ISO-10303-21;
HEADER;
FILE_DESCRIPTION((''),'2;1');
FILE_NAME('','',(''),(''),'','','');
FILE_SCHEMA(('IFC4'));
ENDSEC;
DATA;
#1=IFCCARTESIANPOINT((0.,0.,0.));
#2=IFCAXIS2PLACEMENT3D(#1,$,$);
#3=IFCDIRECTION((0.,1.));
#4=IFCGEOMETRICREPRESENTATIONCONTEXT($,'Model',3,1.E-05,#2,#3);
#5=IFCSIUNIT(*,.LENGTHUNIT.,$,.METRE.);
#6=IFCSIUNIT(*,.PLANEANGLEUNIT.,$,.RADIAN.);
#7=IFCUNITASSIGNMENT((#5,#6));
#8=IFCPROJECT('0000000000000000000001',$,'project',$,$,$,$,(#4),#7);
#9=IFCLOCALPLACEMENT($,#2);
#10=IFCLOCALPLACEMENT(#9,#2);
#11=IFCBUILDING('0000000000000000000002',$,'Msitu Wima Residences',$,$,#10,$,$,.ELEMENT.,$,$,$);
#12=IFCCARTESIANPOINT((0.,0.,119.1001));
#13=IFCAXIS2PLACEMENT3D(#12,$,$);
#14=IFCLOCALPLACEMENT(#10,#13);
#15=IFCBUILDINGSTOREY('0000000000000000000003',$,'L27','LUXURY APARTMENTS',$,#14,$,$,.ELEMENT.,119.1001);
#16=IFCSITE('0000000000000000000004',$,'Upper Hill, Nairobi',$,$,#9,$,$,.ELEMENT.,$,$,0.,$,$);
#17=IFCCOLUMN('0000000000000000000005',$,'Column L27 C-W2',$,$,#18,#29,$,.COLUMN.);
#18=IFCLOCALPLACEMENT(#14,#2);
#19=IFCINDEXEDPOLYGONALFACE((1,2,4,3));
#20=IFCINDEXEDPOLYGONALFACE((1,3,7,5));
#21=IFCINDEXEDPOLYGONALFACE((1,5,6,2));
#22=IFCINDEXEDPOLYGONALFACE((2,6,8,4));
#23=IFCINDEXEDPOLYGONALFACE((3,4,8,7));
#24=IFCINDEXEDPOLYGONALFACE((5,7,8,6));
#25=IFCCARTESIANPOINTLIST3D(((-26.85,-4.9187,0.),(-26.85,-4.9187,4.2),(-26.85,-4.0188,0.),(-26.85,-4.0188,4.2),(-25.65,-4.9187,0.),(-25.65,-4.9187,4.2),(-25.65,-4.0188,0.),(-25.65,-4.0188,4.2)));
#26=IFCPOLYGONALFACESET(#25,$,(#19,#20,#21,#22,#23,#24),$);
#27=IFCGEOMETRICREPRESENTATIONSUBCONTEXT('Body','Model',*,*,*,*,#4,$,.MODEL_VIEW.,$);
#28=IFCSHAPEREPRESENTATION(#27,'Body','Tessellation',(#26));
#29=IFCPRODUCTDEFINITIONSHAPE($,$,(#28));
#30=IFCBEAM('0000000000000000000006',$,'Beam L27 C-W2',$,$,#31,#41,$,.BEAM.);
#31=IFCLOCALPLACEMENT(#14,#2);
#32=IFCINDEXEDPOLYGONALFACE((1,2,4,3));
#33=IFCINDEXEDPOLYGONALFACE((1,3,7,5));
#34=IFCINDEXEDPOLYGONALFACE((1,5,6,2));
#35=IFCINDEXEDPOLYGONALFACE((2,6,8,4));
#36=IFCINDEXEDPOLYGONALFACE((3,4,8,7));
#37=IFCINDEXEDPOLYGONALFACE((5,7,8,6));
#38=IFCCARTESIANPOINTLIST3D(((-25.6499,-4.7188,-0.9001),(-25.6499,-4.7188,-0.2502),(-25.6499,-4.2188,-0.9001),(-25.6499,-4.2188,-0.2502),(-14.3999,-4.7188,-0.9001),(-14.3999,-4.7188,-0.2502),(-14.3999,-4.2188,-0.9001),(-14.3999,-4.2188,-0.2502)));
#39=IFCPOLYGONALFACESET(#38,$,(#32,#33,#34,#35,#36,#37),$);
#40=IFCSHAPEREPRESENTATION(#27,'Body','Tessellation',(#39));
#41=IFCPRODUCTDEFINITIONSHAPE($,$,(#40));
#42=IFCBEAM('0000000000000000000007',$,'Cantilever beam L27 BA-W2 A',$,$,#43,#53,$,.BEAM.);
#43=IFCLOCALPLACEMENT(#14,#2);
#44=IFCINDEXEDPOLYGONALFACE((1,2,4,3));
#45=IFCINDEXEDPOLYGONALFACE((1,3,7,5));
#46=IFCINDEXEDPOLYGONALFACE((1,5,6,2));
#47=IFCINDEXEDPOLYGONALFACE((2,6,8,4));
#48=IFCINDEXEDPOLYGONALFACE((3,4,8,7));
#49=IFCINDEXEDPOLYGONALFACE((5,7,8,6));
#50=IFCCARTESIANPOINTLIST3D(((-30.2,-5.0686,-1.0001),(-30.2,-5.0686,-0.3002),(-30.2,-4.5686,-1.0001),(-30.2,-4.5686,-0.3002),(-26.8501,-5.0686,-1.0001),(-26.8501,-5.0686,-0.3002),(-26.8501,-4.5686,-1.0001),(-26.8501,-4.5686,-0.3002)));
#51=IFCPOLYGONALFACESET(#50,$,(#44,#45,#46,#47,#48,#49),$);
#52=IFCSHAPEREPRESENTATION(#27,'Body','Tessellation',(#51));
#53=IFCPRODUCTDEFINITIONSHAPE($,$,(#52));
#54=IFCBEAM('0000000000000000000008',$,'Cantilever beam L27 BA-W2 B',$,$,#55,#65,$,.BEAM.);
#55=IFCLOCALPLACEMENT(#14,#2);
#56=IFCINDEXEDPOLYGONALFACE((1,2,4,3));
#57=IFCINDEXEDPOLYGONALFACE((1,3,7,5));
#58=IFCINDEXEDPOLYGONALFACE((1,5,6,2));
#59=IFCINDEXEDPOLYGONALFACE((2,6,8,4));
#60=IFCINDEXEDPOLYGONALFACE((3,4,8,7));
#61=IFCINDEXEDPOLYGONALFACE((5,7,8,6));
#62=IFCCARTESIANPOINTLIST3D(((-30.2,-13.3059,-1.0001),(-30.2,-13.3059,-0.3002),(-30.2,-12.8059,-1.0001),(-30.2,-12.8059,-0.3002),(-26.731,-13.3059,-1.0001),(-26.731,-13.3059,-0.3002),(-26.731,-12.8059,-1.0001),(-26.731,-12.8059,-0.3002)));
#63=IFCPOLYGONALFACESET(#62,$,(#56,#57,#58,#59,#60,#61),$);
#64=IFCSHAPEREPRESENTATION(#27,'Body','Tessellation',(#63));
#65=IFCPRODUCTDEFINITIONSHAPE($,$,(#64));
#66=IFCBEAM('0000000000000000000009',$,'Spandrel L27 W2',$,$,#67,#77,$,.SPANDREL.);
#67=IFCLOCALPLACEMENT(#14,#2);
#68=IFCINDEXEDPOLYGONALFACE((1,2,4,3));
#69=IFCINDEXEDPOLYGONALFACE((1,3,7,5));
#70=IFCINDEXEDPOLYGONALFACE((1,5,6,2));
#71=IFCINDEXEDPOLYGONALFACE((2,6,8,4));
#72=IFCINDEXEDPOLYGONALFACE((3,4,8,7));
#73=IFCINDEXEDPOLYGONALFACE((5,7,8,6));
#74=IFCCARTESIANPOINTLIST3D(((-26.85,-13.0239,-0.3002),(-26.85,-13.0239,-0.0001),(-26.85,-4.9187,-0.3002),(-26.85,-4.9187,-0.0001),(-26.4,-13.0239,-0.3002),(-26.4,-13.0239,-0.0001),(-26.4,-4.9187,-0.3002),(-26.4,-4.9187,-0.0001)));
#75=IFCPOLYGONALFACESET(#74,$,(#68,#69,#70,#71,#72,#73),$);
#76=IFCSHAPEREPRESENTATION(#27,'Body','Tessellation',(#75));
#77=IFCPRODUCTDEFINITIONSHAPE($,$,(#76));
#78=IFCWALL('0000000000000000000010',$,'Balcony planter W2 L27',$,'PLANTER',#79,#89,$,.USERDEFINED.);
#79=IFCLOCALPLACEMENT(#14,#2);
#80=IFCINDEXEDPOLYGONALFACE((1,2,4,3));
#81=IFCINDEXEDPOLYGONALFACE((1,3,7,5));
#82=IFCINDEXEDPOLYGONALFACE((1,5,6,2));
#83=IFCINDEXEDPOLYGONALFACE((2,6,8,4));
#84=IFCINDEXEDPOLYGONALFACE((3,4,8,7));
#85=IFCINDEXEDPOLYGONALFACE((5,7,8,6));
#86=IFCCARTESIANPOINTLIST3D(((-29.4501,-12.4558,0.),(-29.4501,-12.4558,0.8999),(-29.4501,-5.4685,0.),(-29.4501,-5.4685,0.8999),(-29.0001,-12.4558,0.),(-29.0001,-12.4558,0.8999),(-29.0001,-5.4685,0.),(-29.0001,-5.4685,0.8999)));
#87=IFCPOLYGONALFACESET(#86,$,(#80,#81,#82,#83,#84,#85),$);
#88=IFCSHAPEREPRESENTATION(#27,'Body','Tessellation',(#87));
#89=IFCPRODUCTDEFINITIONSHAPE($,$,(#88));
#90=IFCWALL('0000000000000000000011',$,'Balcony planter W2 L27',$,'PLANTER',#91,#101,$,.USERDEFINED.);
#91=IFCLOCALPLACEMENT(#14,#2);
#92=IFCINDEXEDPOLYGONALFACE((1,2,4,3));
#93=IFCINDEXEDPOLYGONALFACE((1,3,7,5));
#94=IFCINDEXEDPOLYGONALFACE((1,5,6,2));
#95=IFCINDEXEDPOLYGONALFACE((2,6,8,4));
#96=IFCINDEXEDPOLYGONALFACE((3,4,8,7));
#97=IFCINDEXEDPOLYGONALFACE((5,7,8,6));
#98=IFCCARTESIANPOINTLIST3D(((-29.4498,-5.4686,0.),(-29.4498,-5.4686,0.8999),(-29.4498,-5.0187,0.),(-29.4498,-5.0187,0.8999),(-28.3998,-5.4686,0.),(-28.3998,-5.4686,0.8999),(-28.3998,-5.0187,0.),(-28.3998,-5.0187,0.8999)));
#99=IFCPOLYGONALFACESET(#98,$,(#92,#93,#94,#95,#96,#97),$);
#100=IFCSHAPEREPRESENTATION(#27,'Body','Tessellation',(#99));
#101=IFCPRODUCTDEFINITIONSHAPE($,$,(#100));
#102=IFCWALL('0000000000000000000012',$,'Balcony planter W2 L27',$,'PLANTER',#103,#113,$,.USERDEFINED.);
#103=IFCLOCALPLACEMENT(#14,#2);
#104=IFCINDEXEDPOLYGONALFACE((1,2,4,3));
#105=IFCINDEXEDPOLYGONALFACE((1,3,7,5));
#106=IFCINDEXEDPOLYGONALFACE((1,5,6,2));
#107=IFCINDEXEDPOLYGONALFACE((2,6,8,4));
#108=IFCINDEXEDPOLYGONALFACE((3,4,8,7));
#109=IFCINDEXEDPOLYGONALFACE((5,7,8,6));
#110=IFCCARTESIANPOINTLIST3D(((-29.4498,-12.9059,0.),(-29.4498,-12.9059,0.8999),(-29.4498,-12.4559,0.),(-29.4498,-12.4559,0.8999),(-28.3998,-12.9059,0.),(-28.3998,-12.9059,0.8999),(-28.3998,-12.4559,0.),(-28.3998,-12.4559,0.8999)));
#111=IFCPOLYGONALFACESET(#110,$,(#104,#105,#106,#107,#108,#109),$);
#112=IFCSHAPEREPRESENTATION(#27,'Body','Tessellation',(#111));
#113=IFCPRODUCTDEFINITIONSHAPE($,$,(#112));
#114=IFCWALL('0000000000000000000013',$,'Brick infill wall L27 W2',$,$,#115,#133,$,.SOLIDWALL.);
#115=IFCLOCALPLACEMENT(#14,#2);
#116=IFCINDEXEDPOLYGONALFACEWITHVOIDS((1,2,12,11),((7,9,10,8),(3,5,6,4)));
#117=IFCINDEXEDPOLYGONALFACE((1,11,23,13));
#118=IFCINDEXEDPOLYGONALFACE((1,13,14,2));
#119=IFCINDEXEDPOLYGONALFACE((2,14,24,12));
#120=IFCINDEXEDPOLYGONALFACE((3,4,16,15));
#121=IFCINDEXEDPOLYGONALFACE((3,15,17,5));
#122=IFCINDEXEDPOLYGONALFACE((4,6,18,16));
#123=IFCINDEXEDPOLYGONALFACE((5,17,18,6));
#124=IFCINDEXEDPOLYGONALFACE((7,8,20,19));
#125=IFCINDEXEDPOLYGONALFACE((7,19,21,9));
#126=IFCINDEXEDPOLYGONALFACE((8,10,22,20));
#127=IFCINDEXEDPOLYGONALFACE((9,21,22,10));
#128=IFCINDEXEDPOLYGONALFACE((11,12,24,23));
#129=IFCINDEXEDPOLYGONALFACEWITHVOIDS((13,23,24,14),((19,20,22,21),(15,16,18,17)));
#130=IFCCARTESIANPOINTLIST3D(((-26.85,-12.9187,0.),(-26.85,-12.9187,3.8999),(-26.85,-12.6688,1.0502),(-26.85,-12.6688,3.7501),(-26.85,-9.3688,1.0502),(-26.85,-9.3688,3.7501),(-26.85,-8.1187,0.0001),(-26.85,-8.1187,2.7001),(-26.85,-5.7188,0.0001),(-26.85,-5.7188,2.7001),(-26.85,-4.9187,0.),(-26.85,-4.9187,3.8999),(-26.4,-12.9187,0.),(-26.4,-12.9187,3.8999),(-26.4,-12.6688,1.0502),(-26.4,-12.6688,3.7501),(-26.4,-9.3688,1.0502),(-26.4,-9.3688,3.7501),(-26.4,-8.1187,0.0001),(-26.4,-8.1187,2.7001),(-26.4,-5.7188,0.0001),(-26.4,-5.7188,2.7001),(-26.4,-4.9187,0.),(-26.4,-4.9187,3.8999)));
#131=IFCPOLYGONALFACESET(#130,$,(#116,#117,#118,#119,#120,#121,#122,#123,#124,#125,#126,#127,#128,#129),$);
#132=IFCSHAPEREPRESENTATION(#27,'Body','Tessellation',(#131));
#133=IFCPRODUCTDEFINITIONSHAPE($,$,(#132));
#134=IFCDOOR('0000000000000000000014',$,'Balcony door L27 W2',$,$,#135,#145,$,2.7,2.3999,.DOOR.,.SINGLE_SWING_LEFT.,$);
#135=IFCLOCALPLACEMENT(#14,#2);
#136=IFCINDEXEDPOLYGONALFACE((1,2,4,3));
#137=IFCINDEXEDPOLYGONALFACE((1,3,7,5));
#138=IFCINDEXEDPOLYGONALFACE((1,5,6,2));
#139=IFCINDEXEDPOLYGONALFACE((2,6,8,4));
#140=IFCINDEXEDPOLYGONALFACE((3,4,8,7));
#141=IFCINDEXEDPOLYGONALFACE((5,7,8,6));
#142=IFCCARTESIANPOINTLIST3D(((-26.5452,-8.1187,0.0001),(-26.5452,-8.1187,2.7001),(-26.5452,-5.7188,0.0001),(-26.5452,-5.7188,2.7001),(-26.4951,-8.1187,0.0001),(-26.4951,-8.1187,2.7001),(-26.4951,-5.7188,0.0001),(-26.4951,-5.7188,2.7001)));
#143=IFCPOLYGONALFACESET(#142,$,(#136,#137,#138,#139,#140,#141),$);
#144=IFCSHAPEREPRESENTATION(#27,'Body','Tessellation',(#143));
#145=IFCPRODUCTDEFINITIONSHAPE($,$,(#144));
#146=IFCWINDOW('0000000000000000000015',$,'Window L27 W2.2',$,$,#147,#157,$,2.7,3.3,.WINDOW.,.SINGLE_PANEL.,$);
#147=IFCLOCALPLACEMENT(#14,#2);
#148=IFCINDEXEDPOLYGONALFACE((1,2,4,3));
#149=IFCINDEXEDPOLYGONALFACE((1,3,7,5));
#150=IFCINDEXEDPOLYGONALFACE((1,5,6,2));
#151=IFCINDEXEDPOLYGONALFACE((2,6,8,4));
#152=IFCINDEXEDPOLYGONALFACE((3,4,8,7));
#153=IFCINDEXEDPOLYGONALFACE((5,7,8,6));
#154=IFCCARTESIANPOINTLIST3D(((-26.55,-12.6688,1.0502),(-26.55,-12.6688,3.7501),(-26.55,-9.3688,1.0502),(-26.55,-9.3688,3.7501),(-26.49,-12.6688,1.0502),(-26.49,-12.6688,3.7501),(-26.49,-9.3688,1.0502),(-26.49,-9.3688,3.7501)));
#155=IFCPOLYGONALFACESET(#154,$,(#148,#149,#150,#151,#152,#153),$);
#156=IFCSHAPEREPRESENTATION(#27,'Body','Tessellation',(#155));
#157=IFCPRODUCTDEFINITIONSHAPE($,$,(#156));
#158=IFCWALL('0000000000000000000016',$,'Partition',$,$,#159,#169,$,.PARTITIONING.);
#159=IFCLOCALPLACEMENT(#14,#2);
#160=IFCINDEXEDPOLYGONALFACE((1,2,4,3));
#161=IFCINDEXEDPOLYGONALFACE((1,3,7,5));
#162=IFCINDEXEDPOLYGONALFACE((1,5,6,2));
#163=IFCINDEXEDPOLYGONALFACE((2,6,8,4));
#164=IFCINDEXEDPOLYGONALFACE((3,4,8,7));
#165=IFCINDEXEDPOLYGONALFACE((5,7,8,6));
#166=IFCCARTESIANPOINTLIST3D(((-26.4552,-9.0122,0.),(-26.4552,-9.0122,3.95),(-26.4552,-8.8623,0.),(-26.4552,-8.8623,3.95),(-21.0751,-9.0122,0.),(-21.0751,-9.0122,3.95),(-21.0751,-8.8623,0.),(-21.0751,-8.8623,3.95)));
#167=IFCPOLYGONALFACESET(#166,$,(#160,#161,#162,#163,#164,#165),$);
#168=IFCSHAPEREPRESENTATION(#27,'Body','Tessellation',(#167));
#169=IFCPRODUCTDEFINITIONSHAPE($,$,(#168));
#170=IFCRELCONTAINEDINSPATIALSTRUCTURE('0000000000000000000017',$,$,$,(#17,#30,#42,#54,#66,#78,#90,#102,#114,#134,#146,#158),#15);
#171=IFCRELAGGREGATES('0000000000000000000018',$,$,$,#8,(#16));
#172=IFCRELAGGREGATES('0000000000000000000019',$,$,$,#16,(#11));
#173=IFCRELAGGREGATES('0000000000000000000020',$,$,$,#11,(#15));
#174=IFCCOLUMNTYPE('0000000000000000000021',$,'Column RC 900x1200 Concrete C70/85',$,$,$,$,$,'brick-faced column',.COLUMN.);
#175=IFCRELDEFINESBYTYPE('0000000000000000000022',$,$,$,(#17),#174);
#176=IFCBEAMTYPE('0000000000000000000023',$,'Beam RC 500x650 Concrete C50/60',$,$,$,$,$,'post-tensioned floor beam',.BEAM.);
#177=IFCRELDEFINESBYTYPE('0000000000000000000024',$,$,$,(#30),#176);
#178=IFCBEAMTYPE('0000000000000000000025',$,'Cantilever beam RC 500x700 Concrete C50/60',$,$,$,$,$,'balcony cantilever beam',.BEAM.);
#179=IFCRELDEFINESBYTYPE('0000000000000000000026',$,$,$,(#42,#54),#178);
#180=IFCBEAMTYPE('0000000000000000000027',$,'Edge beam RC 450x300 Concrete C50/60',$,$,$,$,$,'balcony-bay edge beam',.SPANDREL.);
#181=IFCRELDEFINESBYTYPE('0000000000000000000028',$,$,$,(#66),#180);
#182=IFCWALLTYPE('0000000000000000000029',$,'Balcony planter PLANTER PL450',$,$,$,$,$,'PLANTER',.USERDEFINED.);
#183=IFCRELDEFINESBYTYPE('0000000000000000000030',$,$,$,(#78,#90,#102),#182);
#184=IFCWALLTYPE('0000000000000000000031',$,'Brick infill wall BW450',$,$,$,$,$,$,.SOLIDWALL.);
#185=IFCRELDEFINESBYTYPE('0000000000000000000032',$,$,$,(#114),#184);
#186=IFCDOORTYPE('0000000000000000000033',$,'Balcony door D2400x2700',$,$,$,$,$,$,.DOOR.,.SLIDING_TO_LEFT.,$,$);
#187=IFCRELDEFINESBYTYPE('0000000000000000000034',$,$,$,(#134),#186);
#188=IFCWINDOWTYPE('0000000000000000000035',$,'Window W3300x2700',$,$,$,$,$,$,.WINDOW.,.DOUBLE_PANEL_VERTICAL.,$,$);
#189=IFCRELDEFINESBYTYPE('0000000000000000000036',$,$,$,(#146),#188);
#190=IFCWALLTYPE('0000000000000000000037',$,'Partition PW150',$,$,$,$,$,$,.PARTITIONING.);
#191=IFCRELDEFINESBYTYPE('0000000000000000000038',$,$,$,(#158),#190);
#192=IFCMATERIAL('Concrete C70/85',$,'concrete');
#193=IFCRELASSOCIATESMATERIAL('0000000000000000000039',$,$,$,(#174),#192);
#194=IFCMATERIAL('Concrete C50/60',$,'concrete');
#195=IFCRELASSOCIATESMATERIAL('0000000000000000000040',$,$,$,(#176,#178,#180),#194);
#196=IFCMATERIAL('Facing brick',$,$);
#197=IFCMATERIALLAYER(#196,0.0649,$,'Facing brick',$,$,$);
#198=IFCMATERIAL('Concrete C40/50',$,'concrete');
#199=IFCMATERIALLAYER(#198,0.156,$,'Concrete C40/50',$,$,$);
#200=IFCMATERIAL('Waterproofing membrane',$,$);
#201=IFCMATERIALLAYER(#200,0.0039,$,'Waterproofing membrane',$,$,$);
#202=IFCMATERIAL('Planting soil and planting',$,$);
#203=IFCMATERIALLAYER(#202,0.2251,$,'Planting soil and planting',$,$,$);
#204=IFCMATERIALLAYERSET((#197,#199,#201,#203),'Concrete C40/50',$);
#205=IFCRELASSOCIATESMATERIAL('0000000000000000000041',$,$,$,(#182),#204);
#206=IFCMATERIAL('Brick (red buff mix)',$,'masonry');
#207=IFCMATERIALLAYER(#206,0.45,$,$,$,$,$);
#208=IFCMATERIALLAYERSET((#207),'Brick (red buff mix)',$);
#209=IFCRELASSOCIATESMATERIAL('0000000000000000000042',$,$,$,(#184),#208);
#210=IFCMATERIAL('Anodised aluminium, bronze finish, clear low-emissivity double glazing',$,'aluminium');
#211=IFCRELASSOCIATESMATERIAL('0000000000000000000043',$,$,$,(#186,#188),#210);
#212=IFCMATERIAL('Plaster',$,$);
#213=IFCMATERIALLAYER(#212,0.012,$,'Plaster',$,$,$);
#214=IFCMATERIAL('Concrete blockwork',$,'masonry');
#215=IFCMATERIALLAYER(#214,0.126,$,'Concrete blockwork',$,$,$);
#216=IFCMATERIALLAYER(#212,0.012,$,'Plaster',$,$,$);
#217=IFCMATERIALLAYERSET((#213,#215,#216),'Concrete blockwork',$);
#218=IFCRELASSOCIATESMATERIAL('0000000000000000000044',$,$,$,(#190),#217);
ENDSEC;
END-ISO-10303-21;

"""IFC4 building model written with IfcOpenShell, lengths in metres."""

from ifc_helpers import new_model, si_unit, direction, frame, frame_2d, origin, origin_2d, place, context, subcontext, project, spatial, rectangle, extrude, material, layer, layer_set, material_profile, profile_set, type_object, element, fill, save


model = new_model("IFC4")

# Units and contexts
model_context = context("Model", 3, precision=1e-05, world=origin(), true_north=direction((0.0, 1.0)))
body_context = subcontext(model_context, "Body", "Model", "MODEL_VIEW")
ifc_project = project(units=[si_unit("LENGTHUNIT", "METRE"), si_unit("PLANEANGLEUNIT", "RADIAN")], contexts=[model_context])

# Site, building, storey
site_placement = place(None, origin())
site = spatial("IfcSite", under=ifc_project, at=site_placement, Name="Upper Hill, Nairobi", CompositionType="ELEMENT", RefElevation=0.0)
building_placement = place(site_placement, origin())
building = spatial("IfcBuilding", under=site, at=building_placement, Name="Msitu Wima Residences", CompositionType="ELEMENT")
storey_placement = place(building_placement, frame((0.0, 0.0, 119.1001)))
storey = spatial("IfcBuildingStorey", under=building, at=storey_placement, Name="L27", Description="LUXURY APARTMENTS", CompositionType="ELEMENT", Elevation=119.1001)

# Column
ifc_material_1 = material(Name="Concrete C70/85", Category="concrete")
ifc_material_profile_1 = material_profile(ifc_material_1, rectangle(XDim=0.8999, YDim=1.2, at=origin_2d()), Name="RC 900x1200")
ifc_profile_set_1 = profile_set([ifc_material_profile_1], Name="Concrete C70/85")
column_type = type_object("IfcColumnType", Name="Column RC 900x1200 Concrete C70/85", ElementType="brick-faced column", PredefinedType="COLUMN", material=ifc_profile_set_1)
column_placement = place(storey_placement, frame((-26.25, -4.4688, 0.0), z_axis=(0.0, 0.0, 1.0), x_axis=(0.0, -1.0, 0.0)))
element("IfcColumn", 1, at=column_placement, inside=storey, type_object=column_type, Name="Column L27 C-W2", PredefinedType="COLUMN", context=body_context, shape_type="SweptSolid", body=[
    extrude(rectangle(XDim=0.8999, YDim=1.2, at=origin_2d()), origin(), (0.0, 0.0, 1.0), 4.2),
])

# Beams
ifc_material_2 = material(Name="Concrete C50/60", Category="concrete")
ifc_material_profile_2 = material_profile(ifc_material_2, rectangle(XDim=0.5, YDim=0.6499, at=origin_2d()), Name="RC 500x650")
ifc_profile_set_2 = profile_set([ifc_material_profile_2], Name="Concrete C50/60")
beam_type_1 = type_object("IfcBeamType", Name="Beam RC 500x650 Concrete C50/60", ElementType="post-tensioned floor beam", PredefinedType="BEAM", material=ifc_profile_set_2)
beam_1_placement = place(storey_placement, frame((-25.6499, -4.4688, -0.5752), z_axis=(1.0, 0.0, 0.0), x_axis=(0.0, 1.0, 0.0)))
element("IfcBeam", 2, at=beam_1_placement, inside=storey, type_object=beam_type_1, Name="Beam L27 C-W2", PredefinedType="BEAM", context=body_context, shape_type="SweptSolid", body=[
    extrude(rectangle(XDim=0.5, YDim=0.6499, at=origin_2d()), origin(), (0.0, 0.0, 1.0), 11.25),
])
ifc_material_profile_3 = material_profile(ifc_material_2, rectangle(XDim=0.5, YDim=0.7, at=origin_2d()), Name="RC 500x700")
ifc_profile_set_3 = profile_set([ifc_material_profile_3], Name="Concrete C50/60")
beam_type_2 = type_object("IfcBeamType", Name="Cantilever beam RC 500x700 Concrete C50/60", ElementType="balcony cantilever beam", PredefinedType="BEAM", material=ifc_profile_set_3)
beam_2_placement = place(storey_placement, frame((-26.8501, -4.8186, -0.6501), z_axis=(-1.0, 0.0, 0.0), x_axis=(0.0, -1.0, 0.0)))
element("IfcBeam", 3, at=beam_2_placement, inside=storey, type_object=beam_type_2, Name="Cantilever beam L27 BA-W2 A", PredefinedType="BEAM", context=body_context, shape_type="SweptSolid", body=[
    extrude(rectangle(XDim=0.5, YDim=0.7, at=origin_2d()), origin(), (0.0, 0.0, 1.0), 3.3499),
])
beam_3_placement = place(storey_placement, frame((-26.731, -13.0559, -0.6501), z_axis=(-1.0, 0.0, 0.0), x_axis=(0.0, -1.0, 0.0)))
element("IfcBeam", 4, at=beam_3_placement, inside=storey, type_object=beam_type_2, Name="Cantilever beam L27 BA-W2 B", PredefinedType="BEAM", context=body_context, shape_type="SweptSolid", body=[
    extrude(rectangle(XDim=0.5, YDim=0.7, at=origin_2d()), origin(), (0.0, 0.0, 1.0), 3.469),
])
ifc_material_profile_4 = material_profile(ifc_material_2, rectangle(XDim=0.45, YDim=0.3, at=origin_2d()), Name="RC 450x300")
ifc_profile_set_4 = profile_set([ifc_material_profile_4], Name="Concrete C50/60")
beam_type_3 = type_object("IfcBeamType", Name="Edge beam RC 450x300 Concrete C50/60", ElementType="balcony-bay edge beam", PredefinedType="SPANDREL", material=ifc_profile_set_4)
beam_4_placement = place(storey_placement, frame((-26.625, -4.9187, -0.1501), z_axis=(0.0, -1.0, 0.0), x_axis=(1.0, 0.0, 0.0)))
element("IfcBeam", 5, at=beam_4_placement, inside=storey, type_object=beam_type_3, Name="Spandrel L27 W2", PredefinedType="SPANDREL", context=body_context, shape_type="SweptSolid", body=[
    extrude(rectangle(XDim=0.45, YDim=0.3, at=origin_2d()), origin(), (0.0, 0.0, 1.0), 8.1052),
])

# Walls
ifc_material_3 = material(Name="Facing brick")
ifc_layer_1 = layer(ifc_material_3, 0.0649, Name="Facing brick")
ifc_material_4 = material(Name="Concrete C40/50", Category="concrete")
ifc_layer_2 = layer(ifc_material_4, 0.156, Name="Concrete C40/50")
ifc_material_5 = material(Name="Waterproofing membrane")
ifc_layer_3 = layer(ifc_material_5, 0.0039, Name="Waterproofing membrane")
ifc_material_6 = material(Name="Planting soil and planting")
ifc_layer_4 = layer(ifc_material_6, 0.2251, Name="Planting soil and planting")
ifc_layer_set_1 = layer_set([ifc_layer_1, ifc_layer_2, ifc_layer_3, ifc_layer_4], Name="Concrete C40/50")
wall_type_1 = type_object("IfcWallType", Name="Balcony planter PLANTER PL450", ElementType="PLANTER", PredefinedType="USERDEFINED", material=ifc_layer_set_1)
wall_1_placement = place(storey_placement, frame((-29.2251, -5.4685, 0.0), z_axis=(0.0, 0.0, 1.0), x_axis=(0.0, -1.0, 0.0)))
element("IfcWall", 6, at=wall_1_placement, inside=storey, type_object=wall_type_1, Name="Balcony planter W2 L27", ObjectType="PLANTER", PredefinedType="USERDEFINED", context=body_context, shape_type="SweptSolid", body=[
    extrude(rectangle(XDim=6.9873, YDim=0.45, at=frame_2d((3.4937, 0.0))), origin(), (0.0, 0.0, 1.0), 0.8999),
])
for number, where, z_axis, x_axis, name in (
    (7, (-28.3999, -5.2437, 0.0), (0.0, 0.0, 1.0), (-1.0, 0.0, 0.0), "Balcony planter W2 L27"),
    (8, (-28.3999, -12.6809, 0.0), (0.0, 0.0, 1.0), (-1.0, 0.0, 0.0), "Balcony planter W2 L27"),
):
    element("IfcWall", number, at=place(storey_placement, frame(where, z_axis=z_axis, x_axis=x_axis)), inside=storey, type_object=wall_type_1, Name=name, ObjectType="PLANTER", PredefinedType="USERDEFINED", context=body_context, shape_type="SweptSolid", body=[
        extrude(rectangle(XDim=1.05, YDim=0.45, at=frame_2d((0.5249, 0.0))), origin(), (0.0, 0.0, 1.0), 0.8999),
    ])

# Wall, openings, door, window
ifc_material_7 = material(Name="Brick (red buff mix)", Category="masonry")
ifc_layer_5 = layer(ifc_material_7, 0.45)
ifc_layer_set_2 = layer_set([ifc_layer_5], Name="Brick (red buff mix)")
wall_type_2 = type_object("IfcWallType", Name="Brick infill wall BW450", PredefinedType="SOLIDWALL", material=ifc_layer_set_2)
wall_2_placement = place(storey_placement, frame((-26.625, -4.9187, 0.0), z_axis=(0.0, 0.0, 1.0), x_axis=(0.0, -1.0, 0.0)))
wall_2 = element("IfcWall", 9, at=wall_2_placement, inside=storey, type_object=wall_type_2, Name="Brick infill wall L27 W2", PredefinedType="SOLIDWALL", context=body_context, shape_type="SweptSolid", body=[
    extrude(rectangle(XDim=8.0, YDim=0.45, at=frame_2d((4.0, 0.0))), origin(), (0.0, 0.0, 1.0), 3.8999),
])
opening_1_placement = place(wall_2_placement, frame((0.8, 0.0, 0.0)))
opening_1 = element("IfcOpeningElement", 10, at=opening_1_placement, cuts=wall_2, PredefinedType="OPENING", context=body_context, shape_type="SweptSolid", body=[
    extrude(rectangle(XDim=2.3999, YDim=2.7, at=frame_2d((1.2, 1.3501))), frame((0.0, 0.2349, 0.0), z_axis=(0.0, -1.0, 0.0), x_axis=(1.0, 0.0, 0.0)), (0.0, 0.0, 1.0), 0.47),
])
opening_2_placement = place(wall_2_placement, frame((4.4502, 0.0, 1.05)))
opening_2 = element("IfcOpeningElement", 11, at=opening_2_placement, cuts=wall_2, PredefinedType="OPENING", context=body_context, shape_type="SweptSolid", body=[
    extrude(rectangle(XDim=3.3, YDim=2.7, at=frame_2d((1.6499, 1.3501))), frame((0.0, 0.2349, 0.0), z_axis=(0.0, -1.0, 0.0), x_axis=(1.0, 0.0, 0.0)), (0.0, 0.0, 1.0), 0.47),
])
ifc_material_8 = material(Name="Anodised aluminium, bronze finish, clear low-emissivity double glazing", Category="aluminium")
door_type = type_object("IfcDoorType", Name="Balcony door D2400x2700", OperationType="SLIDING_TO_LEFT", PredefinedType="DOOR", material=ifc_material_8)
door_placement = place(opening_1_placement, origin())
door = element("IfcDoor", 12, at=door_placement, inside=storey, type_object=door_type, Name="Balcony door L27 W2", OperationType="SINGLE_SWING_LEFT", OverallHeight=2.7, OverallWidth=2.3999, PredefinedType="DOOR", context=body_context, shape_type="SweptSolid", body=[
    extrude(rectangle(XDim=2.3999, YDim=2.7, at=frame_2d((1.2, 1.3501))), frame((0.0, 0.1299, 0.0), z_axis=(0.0, -1.0, 0.0), x_axis=(1.0, 0.0, 0.0)), (0.0, 0.0, 1.0), 0.05),
])
fill(opening_1, door)
window_type = type_object("IfcWindowType", Name="Window W3300x2700", PartitioningType="DOUBLE_PANEL_VERTICAL", PredefinedType="WINDOW", material=ifc_material_8)
window_placement = place(opening_2_placement, origin())
window = element("IfcWindow", 13, at=window_placement, inside=storey, type_object=window_type, Name="Window L27 W2.2", OverallHeight=2.7, OverallWidth=3.3, PartitioningType="SINGLE_PANEL", PredefinedType="WINDOW", context=body_context, shape_type="SweptSolid", body=[
    extrude(rectangle(XDim=3.3, YDim=2.7, at=frame_2d((1.6499, 1.3501))), frame((0.0, 0.135, 0.0), z_axis=(0.0, -1.0, 0.0), x_axis=(1.0, 0.0, 0.0)), (0.0, 0.0, 1.0), 0.0601),
])
fill(opening_2, window)

# Wall
ifc_material_9 = material(Name="Plaster")
ifc_layer_6 = layer(ifc_material_9, 0.012, Name="Plaster")
ifc_material_10 = material(Name="Concrete blockwork", Category="masonry")
ifc_layer_7 = layer(ifc_material_10, 0.126, Name="Concrete blockwork")
ifc_layer_8 = layer(ifc_material_9, 0.012, Name="Plaster")
ifc_layer_set_3 = layer_set([ifc_layer_6, ifc_layer_7, ifc_layer_8], Name="Concrete blockwork")
wall_type_3 = type_object("IfcWallType", Name="Partition PW150", PredefinedType="PARTITIONING", material=ifc_layer_set_3)
wall_3_placement = place(storey_placement, frame((-26.4551, -8.9373, 0.0), z_axis=(0.0, 0.0, 1.0), x_axis=(1.0, 0.0, 0.0)))
element("IfcWall", 14, at=wall_3_placement, inside=storey, type_object=wall_type_3, Name="Partition", PredefinedType="PARTITIONING", context=body_context, shape_type="SweptSolid", body=[
    extrude(rectangle(XDim=5.3801, YDim=0.1499, at=frame_2d((2.6899, 0.0))), origin(), (0.0, 0.0, 1.0), 3.95),
])

save(model, "model.ifc")
